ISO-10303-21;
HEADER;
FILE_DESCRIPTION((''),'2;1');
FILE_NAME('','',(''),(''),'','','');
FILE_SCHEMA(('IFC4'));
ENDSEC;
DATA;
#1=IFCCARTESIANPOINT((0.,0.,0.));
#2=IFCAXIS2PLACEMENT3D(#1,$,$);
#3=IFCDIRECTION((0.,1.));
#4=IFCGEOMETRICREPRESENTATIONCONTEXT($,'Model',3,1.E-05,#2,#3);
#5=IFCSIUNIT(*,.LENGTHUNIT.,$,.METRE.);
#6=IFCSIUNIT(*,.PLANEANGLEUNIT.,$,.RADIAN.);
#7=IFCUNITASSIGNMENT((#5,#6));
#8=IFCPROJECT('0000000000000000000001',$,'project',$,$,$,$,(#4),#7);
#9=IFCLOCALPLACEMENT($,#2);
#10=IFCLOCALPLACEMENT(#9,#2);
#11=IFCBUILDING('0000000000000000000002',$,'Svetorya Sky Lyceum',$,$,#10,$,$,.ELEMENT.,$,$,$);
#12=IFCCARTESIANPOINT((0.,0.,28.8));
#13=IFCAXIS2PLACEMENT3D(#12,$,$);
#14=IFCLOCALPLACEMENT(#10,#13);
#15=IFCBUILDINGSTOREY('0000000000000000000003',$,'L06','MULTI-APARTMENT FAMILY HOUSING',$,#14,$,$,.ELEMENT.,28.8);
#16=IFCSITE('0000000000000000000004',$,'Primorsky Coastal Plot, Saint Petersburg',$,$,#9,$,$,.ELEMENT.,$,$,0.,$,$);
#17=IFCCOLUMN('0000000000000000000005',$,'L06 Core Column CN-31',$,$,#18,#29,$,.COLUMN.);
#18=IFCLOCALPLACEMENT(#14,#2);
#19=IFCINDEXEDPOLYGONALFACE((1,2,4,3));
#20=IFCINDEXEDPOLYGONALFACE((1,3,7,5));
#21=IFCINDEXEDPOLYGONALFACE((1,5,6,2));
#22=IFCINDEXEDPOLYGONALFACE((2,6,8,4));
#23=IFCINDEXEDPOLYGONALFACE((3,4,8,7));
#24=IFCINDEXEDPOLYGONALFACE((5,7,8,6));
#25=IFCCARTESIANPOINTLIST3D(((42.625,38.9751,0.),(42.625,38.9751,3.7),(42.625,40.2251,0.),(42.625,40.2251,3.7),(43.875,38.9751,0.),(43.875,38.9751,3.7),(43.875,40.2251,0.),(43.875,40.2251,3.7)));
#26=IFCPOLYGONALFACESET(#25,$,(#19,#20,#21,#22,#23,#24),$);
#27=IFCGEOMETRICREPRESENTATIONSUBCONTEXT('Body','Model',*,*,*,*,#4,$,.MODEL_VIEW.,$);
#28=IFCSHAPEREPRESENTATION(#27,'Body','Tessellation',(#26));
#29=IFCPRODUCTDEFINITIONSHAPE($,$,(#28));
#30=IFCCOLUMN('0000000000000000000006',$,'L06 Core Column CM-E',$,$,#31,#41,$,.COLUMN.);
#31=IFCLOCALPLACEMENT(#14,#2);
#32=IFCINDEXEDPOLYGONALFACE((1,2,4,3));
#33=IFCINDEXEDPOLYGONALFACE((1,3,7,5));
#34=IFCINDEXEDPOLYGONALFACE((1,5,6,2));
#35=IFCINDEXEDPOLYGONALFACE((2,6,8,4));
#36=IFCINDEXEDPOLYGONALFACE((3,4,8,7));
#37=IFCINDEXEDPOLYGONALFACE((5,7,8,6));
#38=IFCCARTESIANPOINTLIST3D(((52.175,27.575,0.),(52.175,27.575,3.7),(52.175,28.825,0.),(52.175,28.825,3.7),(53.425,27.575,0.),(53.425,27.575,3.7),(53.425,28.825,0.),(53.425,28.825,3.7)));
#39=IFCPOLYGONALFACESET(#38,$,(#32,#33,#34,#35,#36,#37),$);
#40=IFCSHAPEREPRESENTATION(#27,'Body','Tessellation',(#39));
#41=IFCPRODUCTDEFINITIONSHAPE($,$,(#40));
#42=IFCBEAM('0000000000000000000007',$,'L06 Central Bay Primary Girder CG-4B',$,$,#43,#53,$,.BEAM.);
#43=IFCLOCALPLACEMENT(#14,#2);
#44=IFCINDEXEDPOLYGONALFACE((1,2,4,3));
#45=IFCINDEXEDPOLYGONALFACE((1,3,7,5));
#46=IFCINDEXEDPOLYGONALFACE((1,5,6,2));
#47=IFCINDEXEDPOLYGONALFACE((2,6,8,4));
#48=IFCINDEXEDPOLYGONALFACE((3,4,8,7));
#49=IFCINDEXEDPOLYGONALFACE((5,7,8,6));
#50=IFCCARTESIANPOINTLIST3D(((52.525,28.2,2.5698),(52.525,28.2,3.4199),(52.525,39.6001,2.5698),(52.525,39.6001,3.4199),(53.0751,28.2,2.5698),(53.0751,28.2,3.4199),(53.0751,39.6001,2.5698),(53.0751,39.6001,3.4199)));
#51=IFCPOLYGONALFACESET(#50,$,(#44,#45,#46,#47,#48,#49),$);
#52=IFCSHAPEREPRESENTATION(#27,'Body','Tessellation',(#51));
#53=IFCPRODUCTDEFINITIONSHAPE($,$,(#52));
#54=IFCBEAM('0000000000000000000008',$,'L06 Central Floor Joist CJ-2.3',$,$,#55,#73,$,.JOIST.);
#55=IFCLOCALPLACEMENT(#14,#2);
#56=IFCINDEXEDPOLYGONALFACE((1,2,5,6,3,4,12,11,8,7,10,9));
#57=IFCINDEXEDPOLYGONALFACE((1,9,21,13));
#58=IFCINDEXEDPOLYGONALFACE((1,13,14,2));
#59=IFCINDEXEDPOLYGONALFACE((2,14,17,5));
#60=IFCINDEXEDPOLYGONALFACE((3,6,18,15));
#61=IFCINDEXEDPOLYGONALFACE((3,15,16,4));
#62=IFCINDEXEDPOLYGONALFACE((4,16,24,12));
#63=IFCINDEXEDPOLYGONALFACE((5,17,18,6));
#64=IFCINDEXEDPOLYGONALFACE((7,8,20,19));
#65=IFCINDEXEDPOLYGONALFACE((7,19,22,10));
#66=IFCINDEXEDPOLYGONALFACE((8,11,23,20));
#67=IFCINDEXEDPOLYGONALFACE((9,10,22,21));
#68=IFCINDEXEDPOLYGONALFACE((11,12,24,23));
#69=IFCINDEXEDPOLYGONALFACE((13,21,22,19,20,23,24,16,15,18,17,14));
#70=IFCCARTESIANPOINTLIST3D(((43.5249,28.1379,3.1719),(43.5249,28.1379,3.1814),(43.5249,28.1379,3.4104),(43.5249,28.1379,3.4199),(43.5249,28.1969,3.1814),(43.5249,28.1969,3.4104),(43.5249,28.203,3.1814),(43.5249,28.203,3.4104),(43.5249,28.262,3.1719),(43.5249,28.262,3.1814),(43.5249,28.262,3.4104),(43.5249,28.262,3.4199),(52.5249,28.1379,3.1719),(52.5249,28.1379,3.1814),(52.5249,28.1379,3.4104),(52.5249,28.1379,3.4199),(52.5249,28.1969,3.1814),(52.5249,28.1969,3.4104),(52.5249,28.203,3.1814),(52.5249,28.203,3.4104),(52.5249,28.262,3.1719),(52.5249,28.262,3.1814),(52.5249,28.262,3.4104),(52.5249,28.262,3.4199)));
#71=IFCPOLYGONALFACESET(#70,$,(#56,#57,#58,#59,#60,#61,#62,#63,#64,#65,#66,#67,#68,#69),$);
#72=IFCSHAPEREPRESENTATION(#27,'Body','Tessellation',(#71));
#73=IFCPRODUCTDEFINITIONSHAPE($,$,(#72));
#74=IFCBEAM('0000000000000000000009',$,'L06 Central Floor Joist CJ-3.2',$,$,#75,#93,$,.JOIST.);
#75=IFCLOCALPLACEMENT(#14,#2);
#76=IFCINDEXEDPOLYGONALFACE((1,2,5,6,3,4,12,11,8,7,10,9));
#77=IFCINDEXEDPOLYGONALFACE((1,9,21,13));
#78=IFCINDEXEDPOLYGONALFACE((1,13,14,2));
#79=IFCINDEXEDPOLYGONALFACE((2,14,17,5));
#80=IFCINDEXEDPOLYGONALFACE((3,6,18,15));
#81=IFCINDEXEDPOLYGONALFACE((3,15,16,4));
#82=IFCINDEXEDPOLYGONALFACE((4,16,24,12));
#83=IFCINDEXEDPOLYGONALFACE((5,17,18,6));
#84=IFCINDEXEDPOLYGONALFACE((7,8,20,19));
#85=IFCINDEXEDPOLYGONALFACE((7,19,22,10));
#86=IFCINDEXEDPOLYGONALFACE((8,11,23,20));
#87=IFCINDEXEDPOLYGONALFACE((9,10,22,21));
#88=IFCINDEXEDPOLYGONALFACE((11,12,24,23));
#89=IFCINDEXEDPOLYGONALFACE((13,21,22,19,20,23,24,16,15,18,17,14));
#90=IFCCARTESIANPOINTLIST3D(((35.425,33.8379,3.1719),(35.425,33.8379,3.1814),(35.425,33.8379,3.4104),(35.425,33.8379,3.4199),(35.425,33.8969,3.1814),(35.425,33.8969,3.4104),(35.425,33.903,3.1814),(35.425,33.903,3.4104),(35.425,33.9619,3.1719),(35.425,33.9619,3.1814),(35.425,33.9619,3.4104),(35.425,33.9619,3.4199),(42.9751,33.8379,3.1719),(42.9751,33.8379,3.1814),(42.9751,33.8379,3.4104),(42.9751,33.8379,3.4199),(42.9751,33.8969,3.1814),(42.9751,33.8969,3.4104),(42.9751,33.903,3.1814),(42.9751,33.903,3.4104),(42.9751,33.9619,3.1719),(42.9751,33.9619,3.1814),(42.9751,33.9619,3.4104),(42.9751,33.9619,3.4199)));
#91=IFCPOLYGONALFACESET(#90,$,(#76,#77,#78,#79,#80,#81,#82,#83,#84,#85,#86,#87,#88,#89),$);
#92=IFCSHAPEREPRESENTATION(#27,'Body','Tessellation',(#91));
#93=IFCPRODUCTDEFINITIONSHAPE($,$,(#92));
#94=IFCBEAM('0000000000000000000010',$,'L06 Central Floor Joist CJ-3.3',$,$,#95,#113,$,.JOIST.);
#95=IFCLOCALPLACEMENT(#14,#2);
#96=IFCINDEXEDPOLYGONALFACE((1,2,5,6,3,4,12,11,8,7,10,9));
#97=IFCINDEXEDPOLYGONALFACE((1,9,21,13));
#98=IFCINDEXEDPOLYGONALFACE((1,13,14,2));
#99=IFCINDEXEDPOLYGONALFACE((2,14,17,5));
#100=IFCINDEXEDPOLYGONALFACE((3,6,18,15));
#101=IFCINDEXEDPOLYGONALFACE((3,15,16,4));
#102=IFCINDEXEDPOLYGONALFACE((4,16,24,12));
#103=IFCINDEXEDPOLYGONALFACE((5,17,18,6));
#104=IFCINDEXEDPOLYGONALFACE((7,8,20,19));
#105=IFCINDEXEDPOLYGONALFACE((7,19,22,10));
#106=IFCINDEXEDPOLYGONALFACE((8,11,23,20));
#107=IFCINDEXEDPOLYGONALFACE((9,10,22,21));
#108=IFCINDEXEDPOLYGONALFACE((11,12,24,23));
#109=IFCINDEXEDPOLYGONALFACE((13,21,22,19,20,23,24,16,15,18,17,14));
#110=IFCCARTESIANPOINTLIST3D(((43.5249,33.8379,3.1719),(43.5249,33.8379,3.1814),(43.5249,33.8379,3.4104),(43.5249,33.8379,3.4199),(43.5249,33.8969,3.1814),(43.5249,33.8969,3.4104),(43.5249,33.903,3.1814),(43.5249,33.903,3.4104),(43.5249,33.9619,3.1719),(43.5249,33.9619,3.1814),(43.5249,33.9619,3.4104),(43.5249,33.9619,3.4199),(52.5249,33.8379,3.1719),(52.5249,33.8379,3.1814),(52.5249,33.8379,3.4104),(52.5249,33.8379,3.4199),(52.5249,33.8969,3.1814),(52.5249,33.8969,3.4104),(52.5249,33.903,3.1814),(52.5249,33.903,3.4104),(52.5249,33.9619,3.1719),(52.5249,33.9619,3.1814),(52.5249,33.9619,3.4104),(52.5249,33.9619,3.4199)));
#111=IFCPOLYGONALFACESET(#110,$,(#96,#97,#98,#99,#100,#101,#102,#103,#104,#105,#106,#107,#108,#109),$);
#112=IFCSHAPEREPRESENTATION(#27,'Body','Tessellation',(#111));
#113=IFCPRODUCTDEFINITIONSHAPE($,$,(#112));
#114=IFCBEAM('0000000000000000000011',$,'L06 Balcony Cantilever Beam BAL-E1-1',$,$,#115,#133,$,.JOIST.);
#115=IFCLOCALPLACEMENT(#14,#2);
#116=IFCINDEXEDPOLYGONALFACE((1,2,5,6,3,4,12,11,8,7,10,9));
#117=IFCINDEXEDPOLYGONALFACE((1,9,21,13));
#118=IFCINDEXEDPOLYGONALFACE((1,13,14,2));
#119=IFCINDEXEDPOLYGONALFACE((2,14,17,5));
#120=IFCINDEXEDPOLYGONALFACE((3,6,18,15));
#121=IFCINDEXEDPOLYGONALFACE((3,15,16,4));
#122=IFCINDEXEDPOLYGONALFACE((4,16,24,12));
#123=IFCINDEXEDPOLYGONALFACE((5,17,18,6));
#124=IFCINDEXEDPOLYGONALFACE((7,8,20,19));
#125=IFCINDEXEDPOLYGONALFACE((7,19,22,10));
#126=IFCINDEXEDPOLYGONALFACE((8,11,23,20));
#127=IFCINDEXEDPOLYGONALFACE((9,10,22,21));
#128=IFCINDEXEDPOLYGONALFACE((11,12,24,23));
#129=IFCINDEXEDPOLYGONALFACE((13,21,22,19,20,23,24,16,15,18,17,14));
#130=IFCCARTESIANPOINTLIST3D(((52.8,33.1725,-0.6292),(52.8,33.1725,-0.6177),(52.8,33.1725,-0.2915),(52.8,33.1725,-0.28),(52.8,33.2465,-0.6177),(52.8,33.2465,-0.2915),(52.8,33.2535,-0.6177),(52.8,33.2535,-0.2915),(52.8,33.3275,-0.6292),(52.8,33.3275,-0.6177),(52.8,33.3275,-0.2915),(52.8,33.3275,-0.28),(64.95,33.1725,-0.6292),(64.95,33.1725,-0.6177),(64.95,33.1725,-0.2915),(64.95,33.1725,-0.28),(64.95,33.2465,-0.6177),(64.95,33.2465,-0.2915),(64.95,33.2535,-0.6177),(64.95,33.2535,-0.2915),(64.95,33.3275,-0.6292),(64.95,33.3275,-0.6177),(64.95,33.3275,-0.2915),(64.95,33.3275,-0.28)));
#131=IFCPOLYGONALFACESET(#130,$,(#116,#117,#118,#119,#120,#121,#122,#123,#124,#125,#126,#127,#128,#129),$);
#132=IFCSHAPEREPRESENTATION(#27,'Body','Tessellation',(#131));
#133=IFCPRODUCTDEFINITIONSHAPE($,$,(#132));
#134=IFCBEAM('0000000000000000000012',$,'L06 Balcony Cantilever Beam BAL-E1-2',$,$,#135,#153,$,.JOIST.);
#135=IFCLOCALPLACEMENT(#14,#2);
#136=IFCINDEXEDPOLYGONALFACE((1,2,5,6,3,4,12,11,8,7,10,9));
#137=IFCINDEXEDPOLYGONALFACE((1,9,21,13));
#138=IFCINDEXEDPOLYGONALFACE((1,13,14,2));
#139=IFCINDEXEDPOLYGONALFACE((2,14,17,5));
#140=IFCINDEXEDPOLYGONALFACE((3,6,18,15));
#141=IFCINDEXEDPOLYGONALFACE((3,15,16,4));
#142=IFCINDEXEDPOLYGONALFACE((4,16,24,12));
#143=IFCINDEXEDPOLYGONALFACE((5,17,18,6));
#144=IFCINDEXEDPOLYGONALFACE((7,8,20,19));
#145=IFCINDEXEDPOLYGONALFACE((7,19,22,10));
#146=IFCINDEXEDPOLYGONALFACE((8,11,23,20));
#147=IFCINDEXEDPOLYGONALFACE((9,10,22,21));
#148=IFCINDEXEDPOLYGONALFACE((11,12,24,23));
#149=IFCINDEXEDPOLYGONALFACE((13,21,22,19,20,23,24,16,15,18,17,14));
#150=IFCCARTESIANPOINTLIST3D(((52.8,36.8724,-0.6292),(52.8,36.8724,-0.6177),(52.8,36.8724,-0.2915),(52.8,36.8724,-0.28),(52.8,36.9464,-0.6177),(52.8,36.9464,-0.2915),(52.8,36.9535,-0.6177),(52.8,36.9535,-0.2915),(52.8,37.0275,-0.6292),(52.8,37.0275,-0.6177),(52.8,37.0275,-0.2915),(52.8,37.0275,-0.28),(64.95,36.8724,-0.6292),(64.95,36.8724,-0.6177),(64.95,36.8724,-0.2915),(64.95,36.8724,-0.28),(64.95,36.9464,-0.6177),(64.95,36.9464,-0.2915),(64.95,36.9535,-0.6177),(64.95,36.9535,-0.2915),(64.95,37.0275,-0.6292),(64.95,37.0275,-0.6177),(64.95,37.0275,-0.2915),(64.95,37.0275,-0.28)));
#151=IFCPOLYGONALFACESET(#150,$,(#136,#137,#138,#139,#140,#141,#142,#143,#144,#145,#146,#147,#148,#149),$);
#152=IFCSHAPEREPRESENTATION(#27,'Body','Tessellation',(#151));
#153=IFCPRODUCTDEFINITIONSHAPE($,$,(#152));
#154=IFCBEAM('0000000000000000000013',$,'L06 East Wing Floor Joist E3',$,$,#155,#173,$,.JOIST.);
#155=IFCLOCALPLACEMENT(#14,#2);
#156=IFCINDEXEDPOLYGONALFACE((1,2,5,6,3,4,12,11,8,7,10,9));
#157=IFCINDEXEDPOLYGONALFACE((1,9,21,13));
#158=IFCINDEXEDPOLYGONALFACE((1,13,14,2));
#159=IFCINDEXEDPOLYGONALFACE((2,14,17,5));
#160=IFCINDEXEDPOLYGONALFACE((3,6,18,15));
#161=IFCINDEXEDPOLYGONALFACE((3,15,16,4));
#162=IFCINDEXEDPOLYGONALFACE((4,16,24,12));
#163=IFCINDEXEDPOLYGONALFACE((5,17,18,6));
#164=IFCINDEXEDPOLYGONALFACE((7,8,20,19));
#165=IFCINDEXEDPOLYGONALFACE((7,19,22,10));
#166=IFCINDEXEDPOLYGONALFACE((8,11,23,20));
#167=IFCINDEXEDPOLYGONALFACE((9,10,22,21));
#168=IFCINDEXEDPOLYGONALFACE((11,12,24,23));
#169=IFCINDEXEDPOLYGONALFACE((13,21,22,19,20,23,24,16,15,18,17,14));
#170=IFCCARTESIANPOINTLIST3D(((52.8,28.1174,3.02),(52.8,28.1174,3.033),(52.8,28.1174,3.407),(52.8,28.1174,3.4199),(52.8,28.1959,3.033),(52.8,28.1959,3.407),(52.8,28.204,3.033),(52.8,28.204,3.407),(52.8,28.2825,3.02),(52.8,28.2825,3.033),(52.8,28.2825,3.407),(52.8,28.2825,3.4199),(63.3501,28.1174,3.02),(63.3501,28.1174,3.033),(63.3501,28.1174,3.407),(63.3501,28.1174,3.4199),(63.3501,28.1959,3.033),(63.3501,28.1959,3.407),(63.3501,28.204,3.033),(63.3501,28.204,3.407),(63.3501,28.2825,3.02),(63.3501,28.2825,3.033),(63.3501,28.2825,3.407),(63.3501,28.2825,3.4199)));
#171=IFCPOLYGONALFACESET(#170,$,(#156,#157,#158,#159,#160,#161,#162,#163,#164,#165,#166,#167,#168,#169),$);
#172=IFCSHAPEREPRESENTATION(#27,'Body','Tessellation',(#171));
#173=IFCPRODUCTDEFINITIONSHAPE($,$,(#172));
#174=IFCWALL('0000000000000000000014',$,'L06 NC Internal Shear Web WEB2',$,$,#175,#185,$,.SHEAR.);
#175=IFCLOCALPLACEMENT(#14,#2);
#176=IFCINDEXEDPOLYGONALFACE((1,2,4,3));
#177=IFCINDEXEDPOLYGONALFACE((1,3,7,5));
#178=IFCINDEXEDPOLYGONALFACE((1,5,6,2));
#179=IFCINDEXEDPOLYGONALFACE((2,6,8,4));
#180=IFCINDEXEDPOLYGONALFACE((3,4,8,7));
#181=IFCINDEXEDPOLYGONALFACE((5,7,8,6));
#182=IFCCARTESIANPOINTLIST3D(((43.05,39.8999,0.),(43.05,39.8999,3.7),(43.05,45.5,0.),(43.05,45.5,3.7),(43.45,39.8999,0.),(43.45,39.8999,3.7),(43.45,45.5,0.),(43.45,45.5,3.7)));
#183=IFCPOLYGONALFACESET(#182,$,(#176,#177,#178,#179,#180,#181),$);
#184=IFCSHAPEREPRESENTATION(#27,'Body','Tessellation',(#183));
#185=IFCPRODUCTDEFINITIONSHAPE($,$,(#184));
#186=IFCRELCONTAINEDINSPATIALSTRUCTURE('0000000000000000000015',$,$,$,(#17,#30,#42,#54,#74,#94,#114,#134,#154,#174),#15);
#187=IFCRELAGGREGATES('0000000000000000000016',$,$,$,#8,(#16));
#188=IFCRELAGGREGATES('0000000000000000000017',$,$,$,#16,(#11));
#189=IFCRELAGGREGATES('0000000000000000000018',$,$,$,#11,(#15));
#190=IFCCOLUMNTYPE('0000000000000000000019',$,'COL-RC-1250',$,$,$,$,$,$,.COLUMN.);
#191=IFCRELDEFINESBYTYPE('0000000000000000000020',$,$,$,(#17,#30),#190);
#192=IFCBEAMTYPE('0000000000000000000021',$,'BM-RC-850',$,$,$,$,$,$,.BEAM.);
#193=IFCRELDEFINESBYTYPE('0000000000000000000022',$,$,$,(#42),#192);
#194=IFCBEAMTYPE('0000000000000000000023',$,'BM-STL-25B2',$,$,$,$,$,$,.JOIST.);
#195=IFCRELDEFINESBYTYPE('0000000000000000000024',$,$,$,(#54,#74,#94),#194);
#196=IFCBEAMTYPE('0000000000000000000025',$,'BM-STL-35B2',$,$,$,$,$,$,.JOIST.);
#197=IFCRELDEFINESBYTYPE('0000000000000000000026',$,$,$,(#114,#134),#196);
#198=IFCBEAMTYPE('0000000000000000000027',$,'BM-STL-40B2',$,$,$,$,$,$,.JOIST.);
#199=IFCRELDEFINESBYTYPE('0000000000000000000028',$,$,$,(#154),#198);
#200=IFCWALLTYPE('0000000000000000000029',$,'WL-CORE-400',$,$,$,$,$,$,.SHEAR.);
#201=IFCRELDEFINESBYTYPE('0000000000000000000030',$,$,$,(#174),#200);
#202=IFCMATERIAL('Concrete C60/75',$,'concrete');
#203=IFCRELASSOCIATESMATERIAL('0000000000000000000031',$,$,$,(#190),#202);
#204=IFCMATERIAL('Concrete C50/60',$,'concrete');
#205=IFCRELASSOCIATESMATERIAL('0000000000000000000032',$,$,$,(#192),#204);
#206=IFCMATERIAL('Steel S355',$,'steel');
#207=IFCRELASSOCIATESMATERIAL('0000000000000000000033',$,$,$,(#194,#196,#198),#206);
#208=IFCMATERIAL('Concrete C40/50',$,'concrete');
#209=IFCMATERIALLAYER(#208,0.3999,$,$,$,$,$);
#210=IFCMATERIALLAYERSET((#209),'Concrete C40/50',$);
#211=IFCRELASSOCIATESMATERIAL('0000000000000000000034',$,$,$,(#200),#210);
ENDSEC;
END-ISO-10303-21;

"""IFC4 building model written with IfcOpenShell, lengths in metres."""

from ifc_helpers import new_model, si_unit, direction, frame, frame_2d, origin, origin_2d, place, context, subcontext, project, spatial, rectangle, i_section, extrude, material, layer, layer_set, material_profile, profile_set, type_object, element, save


model = new_model("IFC4")

# Units and contexts
model_context = context("Model", 3, precision=1e-05, world=origin(), true_north=direction((0.0, 1.0)))
body_context = subcontext(model_context, "Body", "Model", "MODEL_VIEW")
ifc_project = project(units=[si_unit("LENGTHUNIT", "METRE"), si_unit("PLANEANGLEUNIT", "RADIAN")], contexts=[model_context])

# Site, building, storey
site_placement = place(None, origin())
site = spatial("IfcSite", under=ifc_project, at=site_placement, Name="Primorsky Coastal Plot, Saint Petersburg", CompositionType="ELEMENT", RefElevation=0.0)
building_placement = place(site_placement, origin())
building = spatial("IfcBuilding", under=site, at=building_placement, Name="Svetorya Sky Lyceum", CompositionType="ELEMENT")
storey_placement = place(building_placement, frame((0.0, 0.0, 28.8)))
storey = spatial("IfcBuildingStorey", under=building, at=storey_placement, Name="L06", Description="MULTI-APARTMENT FAMILY HOUSING", CompositionType="ELEMENT", Elevation=28.8)

# Columns
ifc_material_1 = material(Name="Concrete C60/75", Category="concrete")
ifc_material_profile_1 = material_profile(ifc_material_1, rectangle(XDim=1.25, YDim=1.25, at=origin_2d()), Name="RC COL 1250x1250")
ifc_profile_set_1 = profile_set([ifc_material_profile_1], Name="Concrete C60/75")
column_type = type_object("IfcColumnType", Name="COL-RC-1250", PredefinedType="COLUMN", material=ifc_profile_set_1)
for number, where, z_axis, x_axis, name in (
    (1, (43.25, 39.6001, 0.0), (0.0, 0.0, 1.0), (1.0, 0.0, 0.0), "L06 Core Column CN-31"),
    (2, (52.8, 28.2, 0.0), (0.0, 0.0, 1.0), (1.0, 0.0, 0.0), "L06 Core Column CM-E"),
):
    element("IfcColumn", number, at=place(storey_placement, frame(where, z_axis=z_axis, x_axis=x_axis)), inside=storey, type_object=column_type, Name=name, PredefinedType="COLUMN", context=body_context, shape_type="SweptSolid", body=[
        extrude(rectangle(XDim=1.25, YDim=1.25, at=origin_2d()), origin(), (0.0, 0.0, 1.0), 3.7),
    ])

# Beams
ifc_material_2 = material(Name="Concrete C50/60", Category="concrete")
ifc_material_profile_2 = material_profile(ifc_material_2, rectangle(XDim=0.55, YDim=0.8501, at=origin_2d()), Name="RC BEAM 550x850")
ifc_profile_set_2 = profile_set([ifc_material_profile_2], Name="Concrete C50/60")
beam_type_1 = type_object("IfcBeamType", Name="BM-RC-850", PredefinedType="BEAM", material=ifc_profile_set_2)
beam_1_placement = place(storey_placement, frame((52.8, 28.2, 2.9949), z_axis=(0.0, 1.0, 0.0), x_axis=(-1.0, 0.0, 0.0)))
element("IfcBeam", 3, at=beam_1_placement, inside=storey, type_object=beam_type_1, Name="L06 Central Bay Primary Girder CG-4B", PredefinedType="BEAM", context=body_context, shape_type="SweptSolid", body=[
    extrude(rectangle(XDim=0.55, YDim=0.8501, at=origin_2d()), origin(), (0.0, 0.0, 1.0), 11.4001),
])
ifc_material_3 = material(Name="Steel S355", Category="steel")
ifc_material_profile_3 = material_profile(ifc_material_3, i_section(OverallWidth=0.124, OverallDepth=0.248, WebThickness=0.0061, FlangeThickness=0.0095, at=origin_2d()), Name="GOST 25B2")
ifc_profile_set_3 = profile_set([ifc_material_profile_3], Name="Steel S355")
beam_type_2 = type_object("IfcBeamType", Name="BM-STL-25B2", PredefinedType="JOIST", material=ifc_profile_set_3)
beam_2_placement = place(storey_placement, frame((43.5249, 28.2, 3.2959), z_axis=(1.0, 0.0, 0.0), x_axis=(0.0, 1.0, 0.0)))
element("IfcBeam", 4, at=beam_2_placement, inside=storey, type_object=beam_type_2, Name="L06 Central Floor Joist CJ-2.3", PredefinedType="JOIST", context=body_context, shape_type="SweptSolid", body=[
    extrude(i_section(OverallWidth=0.124, OverallDepth=0.248, WebThickness=0.0061, FlangeThickness=0.0095, at=origin_2d()), origin(), (0.0, 0.0, 1.0), 9.0),
])
beam_3_placement = place(storey_placement, frame((35.425, 33.8999, 3.2959), z_axis=(1.0, 0.0, 0.0), x_axis=(0.0, 1.0, 0.0)))
element("IfcBeam", 5, at=beam_3_placement, inside=storey, type_object=beam_type_2, Name="L06 Central Floor Joist CJ-3.2", PredefinedType="JOIST", context=body_context, shape_type="SweptSolid", body=[
    extrude(i_section(OverallWidth=0.124, OverallDepth=0.248, WebThickness=0.0061, FlangeThickness=0.0095, at=origin_2d()), origin(), (0.0, 0.0, 1.0), 7.55),
])
beam_4_placement = place(storey_placement, frame((43.5249, 33.8999, 3.2959), z_axis=(1.0, 0.0, 0.0), x_axis=(0.0, 1.0, 0.0)))
element("IfcBeam", 6, at=beam_4_placement, inside=storey, type_object=beam_type_2, Name="L06 Central Floor Joist CJ-3.3", PredefinedType="JOIST", context=body_context, shape_type="SweptSolid", body=[
    extrude(i_section(OverallWidth=0.124, OverallDepth=0.248, WebThickness=0.0061, FlangeThickness=0.0095, at=origin_2d()), origin(), (0.0, 0.0, 1.0), 9.0),
])
ifc_material_profile_4 = material_profile(ifc_material_3, i_section(OverallWidth=0.155, OverallDepth=0.3491, WebThickness=0.0071, FlangeThickness=0.0115, at=origin_2d()), Name="GOST 35B2")
ifc_profile_set_4 = profile_set([ifc_material_profile_4], Name="Steel S355")
beam_type_3 = type_object("IfcBeamType", Name="BM-STL-35B2", PredefinedType="JOIST", material=ifc_profile_set_4)
for number, where, z_axis, x_axis, name in (
    (7, (52.8, 33.25, -0.4546), (1.0, 0.0, 0.0), (0.0, 1.0, 0.0), "L06 Balcony Cantilever Beam BAL-E1-1"),
    (8, (52.8, 36.95, -0.4546), (1.0, 0.0, 0.0), (0.0, 1.0, 0.0), "L06 Balcony Cantilever Beam BAL-E1-2"),
):
    element("IfcBeam", number, at=place(storey_placement, frame(where, z_axis=z_axis, x_axis=x_axis)), inside=storey, type_object=beam_type_3, Name=name, PredefinedType="JOIST", context=body_context, shape_type="SweptSolid", body=[
        extrude(i_section(OverallWidth=0.155, OverallDepth=0.3491, WebThickness=0.0071, FlangeThickness=0.0115, at=origin_2d()), origin(), (0.0, 0.0, 1.0), 12.1499),
    ])
ifc_material_profile_5 = material_profile(ifc_material_3, i_section(OverallWidth=0.165, OverallDepth=0.3999, WebThickness=0.0081, FlangeThickness=0.0129, at=origin_2d()), Name="GOST 40B2")
ifc_profile_set_5 = profile_set([ifc_material_profile_5], Name="Steel S355")
beam_type_4 = type_object("IfcBeamType", Name="BM-STL-40B2", PredefinedType="JOIST", material=ifc_profile_set_5)
beam_5_placement = place(storey_placement, frame((52.8, 28.2, 3.22), z_axis=(1.0, 0.0, 0.0), x_axis=(0.0, 1.0, 0.0)))
element("IfcBeam", 9, at=beam_5_placement, inside=storey, type_object=beam_type_4, Name="L06 East Wing Floor Joist E3", PredefinedType="JOIST", context=body_context, shape_type="SweptSolid", body=[
    extrude(i_section(OverallWidth=0.165, OverallDepth=0.3999, WebThickness=0.0081, FlangeThickness=0.0129, at=origin_2d()), origin(), (0.0, 0.0, 1.0), 10.55),
])

# Wall
ifc_material_4 = material(Name="Concrete C40/50", Category="concrete")
ifc_layer_1 = layer(ifc_material_4, 0.3999)
ifc_layer_set_1 = layer_set([ifc_layer_1], Name="Concrete C40/50")
wall_type_1 = type_object("IfcWallType", Name="WL-CORE-400", PredefinedType="SHEAR", material=ifc_layer_set_1)
wall_1_placement = place(storey_placement, frame((43.25, 39.8999, 0.0), z_axis=(0.0, 0.0, 1.0), x_axis=(0.0, 1.0, 0.0)))
element("IfcWall", 10, at=wall_1_placement, inside=storey, type_object=wall_type_1, Name="L06 NC Internal Shear Web WEB2", PredefinedType="SHEAR", context=body_context, shape_type="SweptSolid", body=[
    extrude(rectangle(XDim=5.6001, YDim=0.3999, at=frame_2d((2.8, 0.0))), origin(), (0.0, 0.0, 1.0), 3.7),
])

save(model, "model.ifc")
